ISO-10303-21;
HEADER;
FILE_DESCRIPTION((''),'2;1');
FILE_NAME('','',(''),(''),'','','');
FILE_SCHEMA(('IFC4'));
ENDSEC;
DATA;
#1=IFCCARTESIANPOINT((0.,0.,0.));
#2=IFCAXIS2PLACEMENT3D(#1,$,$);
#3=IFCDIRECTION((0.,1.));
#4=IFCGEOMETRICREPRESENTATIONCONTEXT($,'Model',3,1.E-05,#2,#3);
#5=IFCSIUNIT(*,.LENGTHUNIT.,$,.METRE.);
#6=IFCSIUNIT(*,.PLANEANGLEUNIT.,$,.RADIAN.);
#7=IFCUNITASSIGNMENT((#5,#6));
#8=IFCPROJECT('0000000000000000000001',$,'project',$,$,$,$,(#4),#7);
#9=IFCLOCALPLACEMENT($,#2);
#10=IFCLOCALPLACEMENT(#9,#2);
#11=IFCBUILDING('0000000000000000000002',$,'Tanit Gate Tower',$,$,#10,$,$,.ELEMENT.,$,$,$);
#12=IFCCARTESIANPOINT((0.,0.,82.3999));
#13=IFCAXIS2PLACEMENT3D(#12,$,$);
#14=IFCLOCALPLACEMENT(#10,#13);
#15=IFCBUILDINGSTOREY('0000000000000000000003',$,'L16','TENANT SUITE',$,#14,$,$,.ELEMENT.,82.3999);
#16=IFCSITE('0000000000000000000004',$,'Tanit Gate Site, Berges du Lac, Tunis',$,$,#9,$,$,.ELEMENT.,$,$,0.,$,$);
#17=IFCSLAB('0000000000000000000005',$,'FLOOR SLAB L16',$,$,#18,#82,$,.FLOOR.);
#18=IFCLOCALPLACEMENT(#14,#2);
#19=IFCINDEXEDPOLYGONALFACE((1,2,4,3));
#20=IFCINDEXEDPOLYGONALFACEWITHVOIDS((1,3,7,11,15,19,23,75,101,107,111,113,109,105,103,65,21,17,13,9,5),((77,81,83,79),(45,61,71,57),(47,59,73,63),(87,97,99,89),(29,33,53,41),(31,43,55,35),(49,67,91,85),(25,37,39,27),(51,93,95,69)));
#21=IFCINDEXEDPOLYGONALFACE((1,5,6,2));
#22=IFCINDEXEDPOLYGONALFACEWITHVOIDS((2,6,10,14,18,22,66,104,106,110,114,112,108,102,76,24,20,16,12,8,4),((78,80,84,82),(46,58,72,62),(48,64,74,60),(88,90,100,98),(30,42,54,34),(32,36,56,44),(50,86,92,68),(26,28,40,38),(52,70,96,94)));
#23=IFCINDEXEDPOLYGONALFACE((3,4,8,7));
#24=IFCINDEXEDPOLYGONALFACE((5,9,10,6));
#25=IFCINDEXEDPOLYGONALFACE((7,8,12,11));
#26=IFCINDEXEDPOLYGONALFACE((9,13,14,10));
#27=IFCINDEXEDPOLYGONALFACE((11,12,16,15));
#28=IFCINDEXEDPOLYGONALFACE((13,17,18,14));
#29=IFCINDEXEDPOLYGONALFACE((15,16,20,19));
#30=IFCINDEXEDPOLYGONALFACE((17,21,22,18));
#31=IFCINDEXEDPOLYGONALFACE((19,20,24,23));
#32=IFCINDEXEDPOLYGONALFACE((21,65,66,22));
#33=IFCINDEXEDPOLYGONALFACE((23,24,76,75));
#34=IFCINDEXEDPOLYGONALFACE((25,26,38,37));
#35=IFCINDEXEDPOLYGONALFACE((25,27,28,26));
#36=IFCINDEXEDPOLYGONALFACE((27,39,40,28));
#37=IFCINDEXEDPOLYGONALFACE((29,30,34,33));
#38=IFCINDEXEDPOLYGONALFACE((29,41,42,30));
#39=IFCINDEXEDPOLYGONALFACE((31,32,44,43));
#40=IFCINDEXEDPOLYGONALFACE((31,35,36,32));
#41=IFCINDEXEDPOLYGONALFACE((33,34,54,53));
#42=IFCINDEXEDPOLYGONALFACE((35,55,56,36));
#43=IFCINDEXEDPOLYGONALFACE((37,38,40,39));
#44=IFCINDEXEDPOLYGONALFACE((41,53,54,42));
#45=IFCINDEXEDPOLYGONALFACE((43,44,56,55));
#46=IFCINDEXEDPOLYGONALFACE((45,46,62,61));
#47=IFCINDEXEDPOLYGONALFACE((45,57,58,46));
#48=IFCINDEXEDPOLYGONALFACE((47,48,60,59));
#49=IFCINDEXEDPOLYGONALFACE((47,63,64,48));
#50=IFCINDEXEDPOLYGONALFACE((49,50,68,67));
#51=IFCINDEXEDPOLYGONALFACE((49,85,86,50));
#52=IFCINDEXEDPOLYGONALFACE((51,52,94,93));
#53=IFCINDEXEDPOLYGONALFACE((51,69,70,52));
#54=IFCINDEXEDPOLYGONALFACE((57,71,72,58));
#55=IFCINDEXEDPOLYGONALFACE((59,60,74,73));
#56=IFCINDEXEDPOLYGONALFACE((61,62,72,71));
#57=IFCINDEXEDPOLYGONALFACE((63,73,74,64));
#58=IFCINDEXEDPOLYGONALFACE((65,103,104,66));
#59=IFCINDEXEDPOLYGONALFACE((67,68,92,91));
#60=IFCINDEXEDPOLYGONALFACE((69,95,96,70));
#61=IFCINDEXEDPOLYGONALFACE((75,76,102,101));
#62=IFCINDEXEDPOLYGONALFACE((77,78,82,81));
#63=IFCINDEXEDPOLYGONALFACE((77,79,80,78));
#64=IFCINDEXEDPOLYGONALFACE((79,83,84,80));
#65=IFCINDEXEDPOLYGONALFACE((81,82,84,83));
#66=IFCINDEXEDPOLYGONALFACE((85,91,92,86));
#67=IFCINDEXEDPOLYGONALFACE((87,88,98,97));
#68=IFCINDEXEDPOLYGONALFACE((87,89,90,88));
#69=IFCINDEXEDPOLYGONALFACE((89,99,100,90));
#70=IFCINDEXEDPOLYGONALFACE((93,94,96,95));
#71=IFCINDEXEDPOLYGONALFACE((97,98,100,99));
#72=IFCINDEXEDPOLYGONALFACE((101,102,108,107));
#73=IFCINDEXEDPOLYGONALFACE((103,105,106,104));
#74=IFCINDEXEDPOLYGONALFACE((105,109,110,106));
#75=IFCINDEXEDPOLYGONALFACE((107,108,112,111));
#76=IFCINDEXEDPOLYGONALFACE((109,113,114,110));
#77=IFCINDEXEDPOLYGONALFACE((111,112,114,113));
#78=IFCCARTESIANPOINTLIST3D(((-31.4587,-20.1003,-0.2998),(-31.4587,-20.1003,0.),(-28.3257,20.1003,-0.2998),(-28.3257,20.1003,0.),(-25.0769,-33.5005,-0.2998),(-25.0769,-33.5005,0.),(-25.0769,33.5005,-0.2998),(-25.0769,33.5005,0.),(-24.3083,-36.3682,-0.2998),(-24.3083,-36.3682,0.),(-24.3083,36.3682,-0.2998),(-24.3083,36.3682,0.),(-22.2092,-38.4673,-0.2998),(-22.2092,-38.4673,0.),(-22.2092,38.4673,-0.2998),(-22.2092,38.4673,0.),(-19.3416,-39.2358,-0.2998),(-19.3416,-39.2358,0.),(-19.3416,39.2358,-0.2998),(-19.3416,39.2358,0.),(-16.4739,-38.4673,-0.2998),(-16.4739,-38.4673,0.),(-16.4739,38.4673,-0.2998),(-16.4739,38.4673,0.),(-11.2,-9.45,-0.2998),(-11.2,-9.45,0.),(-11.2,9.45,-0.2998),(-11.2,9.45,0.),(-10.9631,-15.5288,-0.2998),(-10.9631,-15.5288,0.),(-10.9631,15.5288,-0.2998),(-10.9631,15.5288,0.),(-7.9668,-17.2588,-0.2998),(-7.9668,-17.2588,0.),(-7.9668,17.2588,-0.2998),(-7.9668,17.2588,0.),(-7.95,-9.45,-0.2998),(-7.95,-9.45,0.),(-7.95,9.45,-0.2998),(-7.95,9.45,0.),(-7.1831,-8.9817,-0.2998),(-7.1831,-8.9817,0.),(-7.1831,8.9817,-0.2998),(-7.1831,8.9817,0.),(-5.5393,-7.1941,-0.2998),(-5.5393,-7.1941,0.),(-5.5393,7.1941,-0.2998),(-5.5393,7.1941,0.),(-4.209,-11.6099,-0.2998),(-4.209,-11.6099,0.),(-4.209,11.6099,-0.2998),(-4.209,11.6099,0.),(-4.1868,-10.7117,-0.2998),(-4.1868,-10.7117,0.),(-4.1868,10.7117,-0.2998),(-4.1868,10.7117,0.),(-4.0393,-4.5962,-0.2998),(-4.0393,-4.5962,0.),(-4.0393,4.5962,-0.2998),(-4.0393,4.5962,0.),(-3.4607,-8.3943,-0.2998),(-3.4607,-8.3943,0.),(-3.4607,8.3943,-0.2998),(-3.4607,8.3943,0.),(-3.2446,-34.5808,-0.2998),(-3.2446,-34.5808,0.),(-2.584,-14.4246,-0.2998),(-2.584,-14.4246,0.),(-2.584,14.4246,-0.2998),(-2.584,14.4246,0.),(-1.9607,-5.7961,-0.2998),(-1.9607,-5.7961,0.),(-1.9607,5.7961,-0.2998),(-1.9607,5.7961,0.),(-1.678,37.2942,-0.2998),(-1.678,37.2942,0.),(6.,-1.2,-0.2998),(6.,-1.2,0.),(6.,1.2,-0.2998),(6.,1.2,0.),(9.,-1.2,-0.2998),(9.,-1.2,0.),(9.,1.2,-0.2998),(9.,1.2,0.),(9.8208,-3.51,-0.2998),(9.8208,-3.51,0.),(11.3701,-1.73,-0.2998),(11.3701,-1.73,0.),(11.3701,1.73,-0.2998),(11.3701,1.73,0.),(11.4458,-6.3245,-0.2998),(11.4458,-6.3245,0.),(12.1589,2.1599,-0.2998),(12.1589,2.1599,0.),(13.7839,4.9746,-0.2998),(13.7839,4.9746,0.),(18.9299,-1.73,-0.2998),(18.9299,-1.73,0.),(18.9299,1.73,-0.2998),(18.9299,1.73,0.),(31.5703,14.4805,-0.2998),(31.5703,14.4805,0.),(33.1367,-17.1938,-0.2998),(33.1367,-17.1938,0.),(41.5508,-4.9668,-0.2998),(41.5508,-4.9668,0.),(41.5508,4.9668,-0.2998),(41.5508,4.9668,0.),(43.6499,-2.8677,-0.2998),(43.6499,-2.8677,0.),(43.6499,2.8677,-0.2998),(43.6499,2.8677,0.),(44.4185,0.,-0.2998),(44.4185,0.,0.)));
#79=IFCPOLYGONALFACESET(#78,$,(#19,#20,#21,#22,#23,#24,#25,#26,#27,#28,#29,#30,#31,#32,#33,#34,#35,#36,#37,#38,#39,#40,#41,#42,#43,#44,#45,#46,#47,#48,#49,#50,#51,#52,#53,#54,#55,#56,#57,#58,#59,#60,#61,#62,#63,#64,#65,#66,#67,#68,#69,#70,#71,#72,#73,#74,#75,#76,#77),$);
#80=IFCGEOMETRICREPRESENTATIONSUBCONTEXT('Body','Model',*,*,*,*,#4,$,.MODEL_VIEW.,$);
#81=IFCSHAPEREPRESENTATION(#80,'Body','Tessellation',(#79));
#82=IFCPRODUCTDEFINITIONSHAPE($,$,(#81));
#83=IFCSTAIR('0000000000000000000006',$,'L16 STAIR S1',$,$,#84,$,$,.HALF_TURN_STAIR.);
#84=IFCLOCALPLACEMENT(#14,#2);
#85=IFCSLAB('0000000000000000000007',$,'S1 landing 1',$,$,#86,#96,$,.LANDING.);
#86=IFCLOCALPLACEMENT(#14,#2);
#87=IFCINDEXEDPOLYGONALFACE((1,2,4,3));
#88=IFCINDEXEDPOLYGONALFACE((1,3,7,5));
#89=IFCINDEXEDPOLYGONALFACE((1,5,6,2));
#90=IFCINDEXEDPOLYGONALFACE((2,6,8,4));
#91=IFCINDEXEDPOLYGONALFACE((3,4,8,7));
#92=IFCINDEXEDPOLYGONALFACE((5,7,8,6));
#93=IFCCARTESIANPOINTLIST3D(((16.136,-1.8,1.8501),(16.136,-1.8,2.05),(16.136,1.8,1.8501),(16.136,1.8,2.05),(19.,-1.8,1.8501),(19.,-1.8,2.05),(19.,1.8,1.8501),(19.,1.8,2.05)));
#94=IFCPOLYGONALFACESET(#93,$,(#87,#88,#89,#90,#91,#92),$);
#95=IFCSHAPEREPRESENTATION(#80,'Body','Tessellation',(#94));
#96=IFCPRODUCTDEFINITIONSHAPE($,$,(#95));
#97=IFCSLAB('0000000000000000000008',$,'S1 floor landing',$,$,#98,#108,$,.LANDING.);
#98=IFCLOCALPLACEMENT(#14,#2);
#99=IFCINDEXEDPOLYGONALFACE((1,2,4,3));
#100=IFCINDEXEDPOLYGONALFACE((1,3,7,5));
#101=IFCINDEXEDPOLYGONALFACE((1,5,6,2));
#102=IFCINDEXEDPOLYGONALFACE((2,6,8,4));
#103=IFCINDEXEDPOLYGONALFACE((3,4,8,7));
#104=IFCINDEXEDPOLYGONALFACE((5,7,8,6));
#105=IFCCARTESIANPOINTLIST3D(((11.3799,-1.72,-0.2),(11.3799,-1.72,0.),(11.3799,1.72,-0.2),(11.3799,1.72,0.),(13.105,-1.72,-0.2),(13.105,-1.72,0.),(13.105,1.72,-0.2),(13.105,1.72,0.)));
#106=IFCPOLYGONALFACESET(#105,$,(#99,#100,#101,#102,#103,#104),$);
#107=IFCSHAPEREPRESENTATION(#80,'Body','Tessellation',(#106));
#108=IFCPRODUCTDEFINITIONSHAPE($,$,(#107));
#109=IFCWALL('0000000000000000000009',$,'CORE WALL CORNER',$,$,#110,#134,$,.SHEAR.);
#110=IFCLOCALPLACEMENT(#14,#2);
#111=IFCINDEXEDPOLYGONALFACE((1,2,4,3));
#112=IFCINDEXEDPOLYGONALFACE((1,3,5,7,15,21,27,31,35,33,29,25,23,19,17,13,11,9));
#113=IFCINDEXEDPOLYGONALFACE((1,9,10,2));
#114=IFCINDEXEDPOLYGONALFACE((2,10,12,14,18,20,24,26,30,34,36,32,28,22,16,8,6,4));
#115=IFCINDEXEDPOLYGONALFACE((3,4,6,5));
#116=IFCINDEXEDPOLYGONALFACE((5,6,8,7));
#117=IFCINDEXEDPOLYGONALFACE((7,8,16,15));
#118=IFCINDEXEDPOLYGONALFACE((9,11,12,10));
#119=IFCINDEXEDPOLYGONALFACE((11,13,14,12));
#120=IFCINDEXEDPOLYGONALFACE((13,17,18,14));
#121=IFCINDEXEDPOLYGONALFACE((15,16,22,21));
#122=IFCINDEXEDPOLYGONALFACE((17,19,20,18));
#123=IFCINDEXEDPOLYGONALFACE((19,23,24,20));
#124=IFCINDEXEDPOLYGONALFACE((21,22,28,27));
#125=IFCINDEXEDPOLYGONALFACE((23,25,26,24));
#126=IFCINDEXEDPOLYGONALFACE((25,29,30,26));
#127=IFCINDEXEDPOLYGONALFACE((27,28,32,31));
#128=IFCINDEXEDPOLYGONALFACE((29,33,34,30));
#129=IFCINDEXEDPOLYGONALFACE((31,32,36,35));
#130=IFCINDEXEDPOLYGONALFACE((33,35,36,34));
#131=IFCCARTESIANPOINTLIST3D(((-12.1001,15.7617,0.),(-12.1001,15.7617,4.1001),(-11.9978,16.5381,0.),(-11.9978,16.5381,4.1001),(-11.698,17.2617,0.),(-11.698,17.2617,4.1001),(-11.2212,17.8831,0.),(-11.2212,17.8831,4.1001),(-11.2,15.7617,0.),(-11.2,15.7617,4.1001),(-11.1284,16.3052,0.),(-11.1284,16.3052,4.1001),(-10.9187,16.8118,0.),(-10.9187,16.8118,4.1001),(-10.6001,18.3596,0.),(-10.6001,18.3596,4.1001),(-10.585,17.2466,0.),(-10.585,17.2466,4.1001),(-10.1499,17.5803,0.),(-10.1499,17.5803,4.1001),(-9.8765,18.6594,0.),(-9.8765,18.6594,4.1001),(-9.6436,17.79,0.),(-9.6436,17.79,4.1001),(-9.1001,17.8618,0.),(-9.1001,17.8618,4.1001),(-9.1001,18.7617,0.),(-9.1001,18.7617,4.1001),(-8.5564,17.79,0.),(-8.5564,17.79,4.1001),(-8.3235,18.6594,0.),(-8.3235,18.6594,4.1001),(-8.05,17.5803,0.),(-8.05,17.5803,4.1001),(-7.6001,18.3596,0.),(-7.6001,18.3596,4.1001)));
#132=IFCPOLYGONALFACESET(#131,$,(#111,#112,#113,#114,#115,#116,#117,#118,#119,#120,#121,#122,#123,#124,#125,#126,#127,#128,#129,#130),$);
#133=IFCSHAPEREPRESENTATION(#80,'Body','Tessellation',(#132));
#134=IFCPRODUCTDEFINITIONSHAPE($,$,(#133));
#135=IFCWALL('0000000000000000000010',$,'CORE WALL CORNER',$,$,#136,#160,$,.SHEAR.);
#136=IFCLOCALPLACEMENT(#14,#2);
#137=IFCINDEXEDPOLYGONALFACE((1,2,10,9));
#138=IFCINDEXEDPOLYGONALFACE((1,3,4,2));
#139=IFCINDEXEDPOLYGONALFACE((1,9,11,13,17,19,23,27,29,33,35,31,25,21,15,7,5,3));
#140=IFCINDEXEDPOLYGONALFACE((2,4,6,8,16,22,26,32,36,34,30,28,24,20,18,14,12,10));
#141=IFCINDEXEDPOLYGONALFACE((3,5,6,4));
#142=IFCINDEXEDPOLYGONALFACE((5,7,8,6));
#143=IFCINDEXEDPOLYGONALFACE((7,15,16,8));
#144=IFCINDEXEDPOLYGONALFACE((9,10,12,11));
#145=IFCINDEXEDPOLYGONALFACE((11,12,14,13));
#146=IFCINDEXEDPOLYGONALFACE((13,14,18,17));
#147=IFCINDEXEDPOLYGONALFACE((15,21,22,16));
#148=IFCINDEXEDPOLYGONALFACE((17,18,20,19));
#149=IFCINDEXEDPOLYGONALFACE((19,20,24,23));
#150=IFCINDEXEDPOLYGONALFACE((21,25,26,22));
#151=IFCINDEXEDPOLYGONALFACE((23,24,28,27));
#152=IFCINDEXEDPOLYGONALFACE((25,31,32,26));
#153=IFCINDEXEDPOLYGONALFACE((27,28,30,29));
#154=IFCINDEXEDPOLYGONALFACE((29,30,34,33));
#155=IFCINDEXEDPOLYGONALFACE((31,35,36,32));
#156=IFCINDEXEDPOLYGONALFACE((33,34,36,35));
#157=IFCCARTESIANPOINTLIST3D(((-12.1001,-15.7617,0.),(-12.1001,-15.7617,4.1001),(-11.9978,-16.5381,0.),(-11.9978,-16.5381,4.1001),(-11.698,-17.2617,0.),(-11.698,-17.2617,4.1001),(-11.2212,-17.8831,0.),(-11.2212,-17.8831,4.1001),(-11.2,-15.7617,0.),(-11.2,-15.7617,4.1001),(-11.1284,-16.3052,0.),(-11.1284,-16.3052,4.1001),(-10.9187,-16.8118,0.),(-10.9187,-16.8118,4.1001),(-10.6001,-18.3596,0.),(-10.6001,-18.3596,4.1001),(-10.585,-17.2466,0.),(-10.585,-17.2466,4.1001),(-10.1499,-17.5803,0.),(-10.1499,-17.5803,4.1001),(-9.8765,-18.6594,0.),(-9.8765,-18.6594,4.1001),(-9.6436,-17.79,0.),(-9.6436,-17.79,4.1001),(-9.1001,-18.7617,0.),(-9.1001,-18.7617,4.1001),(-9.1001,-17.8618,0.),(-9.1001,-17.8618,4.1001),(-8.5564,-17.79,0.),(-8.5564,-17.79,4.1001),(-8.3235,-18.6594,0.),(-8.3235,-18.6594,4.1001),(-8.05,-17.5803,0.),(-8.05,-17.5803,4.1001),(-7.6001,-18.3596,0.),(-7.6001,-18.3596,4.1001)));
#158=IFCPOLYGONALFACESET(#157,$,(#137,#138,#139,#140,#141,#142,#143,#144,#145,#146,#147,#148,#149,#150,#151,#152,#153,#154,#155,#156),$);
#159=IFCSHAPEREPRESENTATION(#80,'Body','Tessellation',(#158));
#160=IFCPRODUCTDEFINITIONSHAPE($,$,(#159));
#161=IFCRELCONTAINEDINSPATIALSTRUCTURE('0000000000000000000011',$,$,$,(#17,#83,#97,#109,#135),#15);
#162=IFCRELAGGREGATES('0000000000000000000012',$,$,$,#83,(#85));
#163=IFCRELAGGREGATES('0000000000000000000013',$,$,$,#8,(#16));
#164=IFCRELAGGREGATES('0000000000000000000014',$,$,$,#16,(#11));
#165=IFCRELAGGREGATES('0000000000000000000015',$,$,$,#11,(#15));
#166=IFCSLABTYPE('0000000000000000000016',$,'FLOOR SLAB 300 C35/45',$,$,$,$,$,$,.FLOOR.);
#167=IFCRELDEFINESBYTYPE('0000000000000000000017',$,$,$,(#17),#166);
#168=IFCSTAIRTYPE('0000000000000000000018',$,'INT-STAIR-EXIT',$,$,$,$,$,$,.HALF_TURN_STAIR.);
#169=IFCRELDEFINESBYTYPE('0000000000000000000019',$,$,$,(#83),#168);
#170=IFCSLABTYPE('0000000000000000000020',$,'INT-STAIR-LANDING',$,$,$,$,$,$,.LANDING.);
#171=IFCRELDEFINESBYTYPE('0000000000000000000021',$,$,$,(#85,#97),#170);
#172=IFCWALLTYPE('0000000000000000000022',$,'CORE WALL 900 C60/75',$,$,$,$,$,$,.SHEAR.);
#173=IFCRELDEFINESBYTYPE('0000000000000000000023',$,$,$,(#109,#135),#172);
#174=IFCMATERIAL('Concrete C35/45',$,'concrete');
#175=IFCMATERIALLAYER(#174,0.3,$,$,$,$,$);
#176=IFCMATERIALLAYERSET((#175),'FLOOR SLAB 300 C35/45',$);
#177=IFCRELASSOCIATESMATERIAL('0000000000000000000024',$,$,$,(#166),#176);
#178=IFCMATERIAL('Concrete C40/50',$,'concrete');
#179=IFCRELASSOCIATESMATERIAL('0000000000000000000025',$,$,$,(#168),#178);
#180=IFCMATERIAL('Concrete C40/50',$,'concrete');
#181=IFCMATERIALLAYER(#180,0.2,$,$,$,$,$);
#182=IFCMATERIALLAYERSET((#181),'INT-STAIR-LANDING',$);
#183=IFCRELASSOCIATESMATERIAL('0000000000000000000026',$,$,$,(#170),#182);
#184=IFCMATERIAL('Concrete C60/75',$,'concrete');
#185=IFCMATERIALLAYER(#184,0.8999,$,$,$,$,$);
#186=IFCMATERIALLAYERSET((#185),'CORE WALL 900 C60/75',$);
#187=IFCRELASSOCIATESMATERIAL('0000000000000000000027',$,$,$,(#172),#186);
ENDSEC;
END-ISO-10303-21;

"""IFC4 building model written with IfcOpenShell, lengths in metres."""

from ifc_helpers import new_model, si_unit, direction, frame, origin, place, context, subcontext, project, spatial, polyline, outline, extrude, material, layer, layer_set, type_object, element, aggregate, save


model = new_model("IFC4")

# Units and contexts
model_context = context("Model", 3, precision=1e-05, world=origin(), true_north=direction((0.0, 1.0)))
body_context = subcontext(model_context, "Body", "Model", "MODEL_VIEW")
ifc_project = project(units=[si_unit("LENGTHUNIT", "METRE"), si_unit("PLANEANGLEUNIT", "RADIAN")], contexts=[model_context])

# Site, building, storey
site_placement = place(None, origin())
site = spatial("IfcSite", under=ifc_project, at=site_placement, Name="Tanit Gate Site, Berges du Lac, Tunis", CompositionType="ELEMENT", RefElevation=0.0)
building_placement = place(site_placement, origin())
building = spatial("IfcBuilding", under=site, at=building_placement, Name="Tanit Gate Tower", CompositionType="ELEMENT")
storey_placement = place(building_placement, frame((0.0, 0.0, 82.3999)))
storey = spatial("IfcBuildingStorey", under=building, at=storey_placement, Name="L16", Description="TENANT SUITE", CompositionType="ELEMENT", Elevation=82.3999)

# Slab
ifc_material_1 = material(Name="Concrete C35/45", Category="concrete")
ifc_layer_1 = layer(ifc_material_1, 0.3)
ifc_layer_set_1 = layer_set([ifc_layer_1], Name="FLOOR SLAB 300 C35/45")
slab_type_1 = type_object("IfcSlabType", Name="FLOOR SLAB 300 C35/45", PredefinedType="FLOOR", material=ifc_layer_set_1)
slab_1_placement = place(storey_placement, frame((0.0, 0.0, -0.2998)))
element("IfcSlab", 1, at=slab_1_placement, inside=storey, type_object=slab_type_1, Name="FLOOR SLAB L16", PredefinedType="FLOOR", context=body_context, shape_type="SweptSolid", body=[
    extrude(outline(polyline([(41.5508, 4.9668), (43.6499, 2.8677), (44.4185, 0.0), (43.6499, -2.8677), (41.5508, -4.9668), (33.1367, -17.1938), (-3.2446, -34.5808), (-16.4739, -38.4673), (-19.3416, -39.2358), (-22.2092, -38.4673), (-24.3083, -36.3682), (-25.0769, -33.5005), (-31.4587, -20.1003), (-28.3257, 20.1003), (-25.0769, 33.5005), (-24.3083, 36.3682), (-22.2092, 38.4673), (-19.3416, 39.2358), (-16.4739, 38.4673), (-1.678, 37.2942), (31.5703, 14.4805), (41.5508, 4.9668)]), holes=[polyline([(11.3701, 1.73), (18.9299, 1.73), (18.9299, -1.73), (11.3701, -1.73), (11.3701, 1.73)]), polyline([(-4.209, 11.6099), (-2.584, 14.4246), (13.7839, 4.9746), (12.1589, 2.1599), (-4.209, 11.6099)]), polyline([(-4.209, -11.6099), (9.8208, -3.51), (11.4458, -6.3245), (-2.584, -14.4246), (-4.209, -11.6099)]), polyline([(9.0, 1.2), (9.0, -1.2), (6.0, -1.2), (6.0, 1.2), (9.0, 1.2)]), polyline([(-5.5393, 7.1941), (-3.4607, 8.3943), (-1.9607, 5.7961), (-4.0393, 4.5962), (-5.5393, 7.1941)]), polyline([(-1.9607, -5.7961), (-3.4607, -8.3943), (-5.5393, -7.1941), (-4.0393, -4.5962), (-1.9607, -5.7961)]), polyline([(-10.9631, 15.5288), (-7.9668, 17.2588), (-4.1868, 10.7117), (-7.1831, 8.9817), (-10.9631, 15.5288)]), polyline([(-4.1868, -10.7117), (-7.9668, -17.2588), (-10.9631, -15.5288), (-7.1831, -8.9817), (-4.1868, -10.7117)]), polyline([(-11.2, -9.45), (-11.2, 9.45), (-7.95, 9.45), (-7.95, -9.45), (-11.2, -9.45)])]), origin(), (0.0, 0.0, 1.0), 0.2998),
])

# Stair, slab
ifc_material_2 = material(Name="Concrete C40/50", Category="concrete")
stair_type = type_object("IfcStairType", Name="INT-STAIR-EXIT", PredefinedType="HALF_TURN_STAIR", material=ifc_material_2)
stair_placement = place(storey_placement, origin())
stair = element("IfcStair", 2, at=stair_placement, inside=storey, type_object=stair_type, Name="L16 STAIR S1", PredefinedType="HALF_TURN_STAIR")
ifc_material_3 = material(Name="Concrete C40/50", Category="concrete")
ifc_layer_2 = layer(ifc_material_3, 0.2)
ifc_layer_set_2 = layer_set([ifc_layer_2], Name="INT-STAIR-LANDING")
slab_type_2 = type_object("IfcSlabType", Name="INT-STAIR-LANDING", PredefinedType="LANDING", material=ifc_layer_set_2)
slab_2_placement = place(storey_placement, frame((0.0, 0.0, 1.8501)))
slab_2 = element("IfcSlab", 3, at=slab_2_placement, type_object=slab_type_2, Name="S1 landing 1", PredefinedType="LANDING", context=body_context, shape_type="SweptSolid", body=[
    extrude(outline(polyline([(16.136, -1.8), (19.0, -1.8), (19.0, 1.8), (16.136, 1.8), (16.136, -1.8)])), origin(), (0.0, 0.0, 1.0), 0.2),
])
aggregate(stair, [slab_2])

# Slab
slab_3_placement = place(storey_placement, frame((0.0, 0.0, -0.2)))
element("IfcSlab", 4, at=slab_3_placement, inside=storey, type_object=slab_type_2, Name="S1 floor landing", PredefinedType="LANDING", context=body_context, shape_type="SweptSolid", body=[
    extrude(outline(polyline([(11.3799, -1.72), (13.105, -1.72), (13.105, 1.72), (11.3799, 1.72), (11.3799, -1.72)])), origin(), (0.0, 0.0, 1.0), 0.2),
])

# Walls
ifc_material_4 = material(Name="Concrete C60/75", Category="concrete")
ifc_layer_3 = layer(ifc_material_4, 0.8999)
ifc_layer_set_3 = layer_set([ifc_layer_3], Name="CORE WALL 900 C60/75")
wall_type_1 = type_object("IfcWallType", Name="CORE WALL 900 C60/75", PredefinedType="SHEAR", material=ifc_layer_set_3)
wall_1_placement = place(storey_placement, origin())
element("IfcWall", 5, at=wall_1_placement, inside=storey, type_object=wall_type_1, Name="CORE WALL CORNER", PredefinedType="SHEAR", context=body_context, shape_type="SweptSolid", body=[
    extrude(outline(polyline([(-7.6001, 18.3596), (-8.3235, 18.6594), (-9.1001, 18.7617), (-9.8765, 18.6594), (-10.6001, 18.3596), (-11.2212, 17.8831), (-11.698, 17.2617), (-11.9978, 16.5381), (-12.1001, 15.7617), (-11.2, 15.7617), (-11.1284, 16.3052), (-10.9187, 16.8118), (-10.585, 17.2466), (-10.1499, 17.5803), (-9.6436, 17.79), (-9.1001, 17.8618), (-8.5564, 17.79), (-8.05, 17.5803), (-7.6001, 18.3596)])), origin(), (0.0, 0.0, 1.0), 4.1001),
])
wall_2_placement = place(storey_placement, origin())
element("IfcWall", 6, at=wall_2_placement, inside=storey, type_object=wall_type_1, Name="CORE WALL CORNER", PredefinedType="SHEAR", context=body_context, shape_type="SweptSolid", body=[
    extrude(outline(polyline([(-12.1001, -15.7617), (-11.9978, -16.5381), (-11.698, -17.2617), (-11.2212, -17.8831), (-10.6001, -18.3596), (-9.8765, -18.6594), (-9.1001, -18.7617), (-8.3235, -18.6594), (-7.6001, -18.3596), (-8.05, -17.5803), (-8.5564, -17.79), (-9.1001, -17.8618), (-9.6436, -17.79), (-10.1499, -17.5803), (-10.585, -17.2466), (-10.9187, -16.8118), (-11.1284, -16.3052), (-11.2, -15.7617), (-12.1001, -15.7617)])), origin(), (0.0, 0.0, 1.0), 4.1001),
])

save(model, "model.ifc")
